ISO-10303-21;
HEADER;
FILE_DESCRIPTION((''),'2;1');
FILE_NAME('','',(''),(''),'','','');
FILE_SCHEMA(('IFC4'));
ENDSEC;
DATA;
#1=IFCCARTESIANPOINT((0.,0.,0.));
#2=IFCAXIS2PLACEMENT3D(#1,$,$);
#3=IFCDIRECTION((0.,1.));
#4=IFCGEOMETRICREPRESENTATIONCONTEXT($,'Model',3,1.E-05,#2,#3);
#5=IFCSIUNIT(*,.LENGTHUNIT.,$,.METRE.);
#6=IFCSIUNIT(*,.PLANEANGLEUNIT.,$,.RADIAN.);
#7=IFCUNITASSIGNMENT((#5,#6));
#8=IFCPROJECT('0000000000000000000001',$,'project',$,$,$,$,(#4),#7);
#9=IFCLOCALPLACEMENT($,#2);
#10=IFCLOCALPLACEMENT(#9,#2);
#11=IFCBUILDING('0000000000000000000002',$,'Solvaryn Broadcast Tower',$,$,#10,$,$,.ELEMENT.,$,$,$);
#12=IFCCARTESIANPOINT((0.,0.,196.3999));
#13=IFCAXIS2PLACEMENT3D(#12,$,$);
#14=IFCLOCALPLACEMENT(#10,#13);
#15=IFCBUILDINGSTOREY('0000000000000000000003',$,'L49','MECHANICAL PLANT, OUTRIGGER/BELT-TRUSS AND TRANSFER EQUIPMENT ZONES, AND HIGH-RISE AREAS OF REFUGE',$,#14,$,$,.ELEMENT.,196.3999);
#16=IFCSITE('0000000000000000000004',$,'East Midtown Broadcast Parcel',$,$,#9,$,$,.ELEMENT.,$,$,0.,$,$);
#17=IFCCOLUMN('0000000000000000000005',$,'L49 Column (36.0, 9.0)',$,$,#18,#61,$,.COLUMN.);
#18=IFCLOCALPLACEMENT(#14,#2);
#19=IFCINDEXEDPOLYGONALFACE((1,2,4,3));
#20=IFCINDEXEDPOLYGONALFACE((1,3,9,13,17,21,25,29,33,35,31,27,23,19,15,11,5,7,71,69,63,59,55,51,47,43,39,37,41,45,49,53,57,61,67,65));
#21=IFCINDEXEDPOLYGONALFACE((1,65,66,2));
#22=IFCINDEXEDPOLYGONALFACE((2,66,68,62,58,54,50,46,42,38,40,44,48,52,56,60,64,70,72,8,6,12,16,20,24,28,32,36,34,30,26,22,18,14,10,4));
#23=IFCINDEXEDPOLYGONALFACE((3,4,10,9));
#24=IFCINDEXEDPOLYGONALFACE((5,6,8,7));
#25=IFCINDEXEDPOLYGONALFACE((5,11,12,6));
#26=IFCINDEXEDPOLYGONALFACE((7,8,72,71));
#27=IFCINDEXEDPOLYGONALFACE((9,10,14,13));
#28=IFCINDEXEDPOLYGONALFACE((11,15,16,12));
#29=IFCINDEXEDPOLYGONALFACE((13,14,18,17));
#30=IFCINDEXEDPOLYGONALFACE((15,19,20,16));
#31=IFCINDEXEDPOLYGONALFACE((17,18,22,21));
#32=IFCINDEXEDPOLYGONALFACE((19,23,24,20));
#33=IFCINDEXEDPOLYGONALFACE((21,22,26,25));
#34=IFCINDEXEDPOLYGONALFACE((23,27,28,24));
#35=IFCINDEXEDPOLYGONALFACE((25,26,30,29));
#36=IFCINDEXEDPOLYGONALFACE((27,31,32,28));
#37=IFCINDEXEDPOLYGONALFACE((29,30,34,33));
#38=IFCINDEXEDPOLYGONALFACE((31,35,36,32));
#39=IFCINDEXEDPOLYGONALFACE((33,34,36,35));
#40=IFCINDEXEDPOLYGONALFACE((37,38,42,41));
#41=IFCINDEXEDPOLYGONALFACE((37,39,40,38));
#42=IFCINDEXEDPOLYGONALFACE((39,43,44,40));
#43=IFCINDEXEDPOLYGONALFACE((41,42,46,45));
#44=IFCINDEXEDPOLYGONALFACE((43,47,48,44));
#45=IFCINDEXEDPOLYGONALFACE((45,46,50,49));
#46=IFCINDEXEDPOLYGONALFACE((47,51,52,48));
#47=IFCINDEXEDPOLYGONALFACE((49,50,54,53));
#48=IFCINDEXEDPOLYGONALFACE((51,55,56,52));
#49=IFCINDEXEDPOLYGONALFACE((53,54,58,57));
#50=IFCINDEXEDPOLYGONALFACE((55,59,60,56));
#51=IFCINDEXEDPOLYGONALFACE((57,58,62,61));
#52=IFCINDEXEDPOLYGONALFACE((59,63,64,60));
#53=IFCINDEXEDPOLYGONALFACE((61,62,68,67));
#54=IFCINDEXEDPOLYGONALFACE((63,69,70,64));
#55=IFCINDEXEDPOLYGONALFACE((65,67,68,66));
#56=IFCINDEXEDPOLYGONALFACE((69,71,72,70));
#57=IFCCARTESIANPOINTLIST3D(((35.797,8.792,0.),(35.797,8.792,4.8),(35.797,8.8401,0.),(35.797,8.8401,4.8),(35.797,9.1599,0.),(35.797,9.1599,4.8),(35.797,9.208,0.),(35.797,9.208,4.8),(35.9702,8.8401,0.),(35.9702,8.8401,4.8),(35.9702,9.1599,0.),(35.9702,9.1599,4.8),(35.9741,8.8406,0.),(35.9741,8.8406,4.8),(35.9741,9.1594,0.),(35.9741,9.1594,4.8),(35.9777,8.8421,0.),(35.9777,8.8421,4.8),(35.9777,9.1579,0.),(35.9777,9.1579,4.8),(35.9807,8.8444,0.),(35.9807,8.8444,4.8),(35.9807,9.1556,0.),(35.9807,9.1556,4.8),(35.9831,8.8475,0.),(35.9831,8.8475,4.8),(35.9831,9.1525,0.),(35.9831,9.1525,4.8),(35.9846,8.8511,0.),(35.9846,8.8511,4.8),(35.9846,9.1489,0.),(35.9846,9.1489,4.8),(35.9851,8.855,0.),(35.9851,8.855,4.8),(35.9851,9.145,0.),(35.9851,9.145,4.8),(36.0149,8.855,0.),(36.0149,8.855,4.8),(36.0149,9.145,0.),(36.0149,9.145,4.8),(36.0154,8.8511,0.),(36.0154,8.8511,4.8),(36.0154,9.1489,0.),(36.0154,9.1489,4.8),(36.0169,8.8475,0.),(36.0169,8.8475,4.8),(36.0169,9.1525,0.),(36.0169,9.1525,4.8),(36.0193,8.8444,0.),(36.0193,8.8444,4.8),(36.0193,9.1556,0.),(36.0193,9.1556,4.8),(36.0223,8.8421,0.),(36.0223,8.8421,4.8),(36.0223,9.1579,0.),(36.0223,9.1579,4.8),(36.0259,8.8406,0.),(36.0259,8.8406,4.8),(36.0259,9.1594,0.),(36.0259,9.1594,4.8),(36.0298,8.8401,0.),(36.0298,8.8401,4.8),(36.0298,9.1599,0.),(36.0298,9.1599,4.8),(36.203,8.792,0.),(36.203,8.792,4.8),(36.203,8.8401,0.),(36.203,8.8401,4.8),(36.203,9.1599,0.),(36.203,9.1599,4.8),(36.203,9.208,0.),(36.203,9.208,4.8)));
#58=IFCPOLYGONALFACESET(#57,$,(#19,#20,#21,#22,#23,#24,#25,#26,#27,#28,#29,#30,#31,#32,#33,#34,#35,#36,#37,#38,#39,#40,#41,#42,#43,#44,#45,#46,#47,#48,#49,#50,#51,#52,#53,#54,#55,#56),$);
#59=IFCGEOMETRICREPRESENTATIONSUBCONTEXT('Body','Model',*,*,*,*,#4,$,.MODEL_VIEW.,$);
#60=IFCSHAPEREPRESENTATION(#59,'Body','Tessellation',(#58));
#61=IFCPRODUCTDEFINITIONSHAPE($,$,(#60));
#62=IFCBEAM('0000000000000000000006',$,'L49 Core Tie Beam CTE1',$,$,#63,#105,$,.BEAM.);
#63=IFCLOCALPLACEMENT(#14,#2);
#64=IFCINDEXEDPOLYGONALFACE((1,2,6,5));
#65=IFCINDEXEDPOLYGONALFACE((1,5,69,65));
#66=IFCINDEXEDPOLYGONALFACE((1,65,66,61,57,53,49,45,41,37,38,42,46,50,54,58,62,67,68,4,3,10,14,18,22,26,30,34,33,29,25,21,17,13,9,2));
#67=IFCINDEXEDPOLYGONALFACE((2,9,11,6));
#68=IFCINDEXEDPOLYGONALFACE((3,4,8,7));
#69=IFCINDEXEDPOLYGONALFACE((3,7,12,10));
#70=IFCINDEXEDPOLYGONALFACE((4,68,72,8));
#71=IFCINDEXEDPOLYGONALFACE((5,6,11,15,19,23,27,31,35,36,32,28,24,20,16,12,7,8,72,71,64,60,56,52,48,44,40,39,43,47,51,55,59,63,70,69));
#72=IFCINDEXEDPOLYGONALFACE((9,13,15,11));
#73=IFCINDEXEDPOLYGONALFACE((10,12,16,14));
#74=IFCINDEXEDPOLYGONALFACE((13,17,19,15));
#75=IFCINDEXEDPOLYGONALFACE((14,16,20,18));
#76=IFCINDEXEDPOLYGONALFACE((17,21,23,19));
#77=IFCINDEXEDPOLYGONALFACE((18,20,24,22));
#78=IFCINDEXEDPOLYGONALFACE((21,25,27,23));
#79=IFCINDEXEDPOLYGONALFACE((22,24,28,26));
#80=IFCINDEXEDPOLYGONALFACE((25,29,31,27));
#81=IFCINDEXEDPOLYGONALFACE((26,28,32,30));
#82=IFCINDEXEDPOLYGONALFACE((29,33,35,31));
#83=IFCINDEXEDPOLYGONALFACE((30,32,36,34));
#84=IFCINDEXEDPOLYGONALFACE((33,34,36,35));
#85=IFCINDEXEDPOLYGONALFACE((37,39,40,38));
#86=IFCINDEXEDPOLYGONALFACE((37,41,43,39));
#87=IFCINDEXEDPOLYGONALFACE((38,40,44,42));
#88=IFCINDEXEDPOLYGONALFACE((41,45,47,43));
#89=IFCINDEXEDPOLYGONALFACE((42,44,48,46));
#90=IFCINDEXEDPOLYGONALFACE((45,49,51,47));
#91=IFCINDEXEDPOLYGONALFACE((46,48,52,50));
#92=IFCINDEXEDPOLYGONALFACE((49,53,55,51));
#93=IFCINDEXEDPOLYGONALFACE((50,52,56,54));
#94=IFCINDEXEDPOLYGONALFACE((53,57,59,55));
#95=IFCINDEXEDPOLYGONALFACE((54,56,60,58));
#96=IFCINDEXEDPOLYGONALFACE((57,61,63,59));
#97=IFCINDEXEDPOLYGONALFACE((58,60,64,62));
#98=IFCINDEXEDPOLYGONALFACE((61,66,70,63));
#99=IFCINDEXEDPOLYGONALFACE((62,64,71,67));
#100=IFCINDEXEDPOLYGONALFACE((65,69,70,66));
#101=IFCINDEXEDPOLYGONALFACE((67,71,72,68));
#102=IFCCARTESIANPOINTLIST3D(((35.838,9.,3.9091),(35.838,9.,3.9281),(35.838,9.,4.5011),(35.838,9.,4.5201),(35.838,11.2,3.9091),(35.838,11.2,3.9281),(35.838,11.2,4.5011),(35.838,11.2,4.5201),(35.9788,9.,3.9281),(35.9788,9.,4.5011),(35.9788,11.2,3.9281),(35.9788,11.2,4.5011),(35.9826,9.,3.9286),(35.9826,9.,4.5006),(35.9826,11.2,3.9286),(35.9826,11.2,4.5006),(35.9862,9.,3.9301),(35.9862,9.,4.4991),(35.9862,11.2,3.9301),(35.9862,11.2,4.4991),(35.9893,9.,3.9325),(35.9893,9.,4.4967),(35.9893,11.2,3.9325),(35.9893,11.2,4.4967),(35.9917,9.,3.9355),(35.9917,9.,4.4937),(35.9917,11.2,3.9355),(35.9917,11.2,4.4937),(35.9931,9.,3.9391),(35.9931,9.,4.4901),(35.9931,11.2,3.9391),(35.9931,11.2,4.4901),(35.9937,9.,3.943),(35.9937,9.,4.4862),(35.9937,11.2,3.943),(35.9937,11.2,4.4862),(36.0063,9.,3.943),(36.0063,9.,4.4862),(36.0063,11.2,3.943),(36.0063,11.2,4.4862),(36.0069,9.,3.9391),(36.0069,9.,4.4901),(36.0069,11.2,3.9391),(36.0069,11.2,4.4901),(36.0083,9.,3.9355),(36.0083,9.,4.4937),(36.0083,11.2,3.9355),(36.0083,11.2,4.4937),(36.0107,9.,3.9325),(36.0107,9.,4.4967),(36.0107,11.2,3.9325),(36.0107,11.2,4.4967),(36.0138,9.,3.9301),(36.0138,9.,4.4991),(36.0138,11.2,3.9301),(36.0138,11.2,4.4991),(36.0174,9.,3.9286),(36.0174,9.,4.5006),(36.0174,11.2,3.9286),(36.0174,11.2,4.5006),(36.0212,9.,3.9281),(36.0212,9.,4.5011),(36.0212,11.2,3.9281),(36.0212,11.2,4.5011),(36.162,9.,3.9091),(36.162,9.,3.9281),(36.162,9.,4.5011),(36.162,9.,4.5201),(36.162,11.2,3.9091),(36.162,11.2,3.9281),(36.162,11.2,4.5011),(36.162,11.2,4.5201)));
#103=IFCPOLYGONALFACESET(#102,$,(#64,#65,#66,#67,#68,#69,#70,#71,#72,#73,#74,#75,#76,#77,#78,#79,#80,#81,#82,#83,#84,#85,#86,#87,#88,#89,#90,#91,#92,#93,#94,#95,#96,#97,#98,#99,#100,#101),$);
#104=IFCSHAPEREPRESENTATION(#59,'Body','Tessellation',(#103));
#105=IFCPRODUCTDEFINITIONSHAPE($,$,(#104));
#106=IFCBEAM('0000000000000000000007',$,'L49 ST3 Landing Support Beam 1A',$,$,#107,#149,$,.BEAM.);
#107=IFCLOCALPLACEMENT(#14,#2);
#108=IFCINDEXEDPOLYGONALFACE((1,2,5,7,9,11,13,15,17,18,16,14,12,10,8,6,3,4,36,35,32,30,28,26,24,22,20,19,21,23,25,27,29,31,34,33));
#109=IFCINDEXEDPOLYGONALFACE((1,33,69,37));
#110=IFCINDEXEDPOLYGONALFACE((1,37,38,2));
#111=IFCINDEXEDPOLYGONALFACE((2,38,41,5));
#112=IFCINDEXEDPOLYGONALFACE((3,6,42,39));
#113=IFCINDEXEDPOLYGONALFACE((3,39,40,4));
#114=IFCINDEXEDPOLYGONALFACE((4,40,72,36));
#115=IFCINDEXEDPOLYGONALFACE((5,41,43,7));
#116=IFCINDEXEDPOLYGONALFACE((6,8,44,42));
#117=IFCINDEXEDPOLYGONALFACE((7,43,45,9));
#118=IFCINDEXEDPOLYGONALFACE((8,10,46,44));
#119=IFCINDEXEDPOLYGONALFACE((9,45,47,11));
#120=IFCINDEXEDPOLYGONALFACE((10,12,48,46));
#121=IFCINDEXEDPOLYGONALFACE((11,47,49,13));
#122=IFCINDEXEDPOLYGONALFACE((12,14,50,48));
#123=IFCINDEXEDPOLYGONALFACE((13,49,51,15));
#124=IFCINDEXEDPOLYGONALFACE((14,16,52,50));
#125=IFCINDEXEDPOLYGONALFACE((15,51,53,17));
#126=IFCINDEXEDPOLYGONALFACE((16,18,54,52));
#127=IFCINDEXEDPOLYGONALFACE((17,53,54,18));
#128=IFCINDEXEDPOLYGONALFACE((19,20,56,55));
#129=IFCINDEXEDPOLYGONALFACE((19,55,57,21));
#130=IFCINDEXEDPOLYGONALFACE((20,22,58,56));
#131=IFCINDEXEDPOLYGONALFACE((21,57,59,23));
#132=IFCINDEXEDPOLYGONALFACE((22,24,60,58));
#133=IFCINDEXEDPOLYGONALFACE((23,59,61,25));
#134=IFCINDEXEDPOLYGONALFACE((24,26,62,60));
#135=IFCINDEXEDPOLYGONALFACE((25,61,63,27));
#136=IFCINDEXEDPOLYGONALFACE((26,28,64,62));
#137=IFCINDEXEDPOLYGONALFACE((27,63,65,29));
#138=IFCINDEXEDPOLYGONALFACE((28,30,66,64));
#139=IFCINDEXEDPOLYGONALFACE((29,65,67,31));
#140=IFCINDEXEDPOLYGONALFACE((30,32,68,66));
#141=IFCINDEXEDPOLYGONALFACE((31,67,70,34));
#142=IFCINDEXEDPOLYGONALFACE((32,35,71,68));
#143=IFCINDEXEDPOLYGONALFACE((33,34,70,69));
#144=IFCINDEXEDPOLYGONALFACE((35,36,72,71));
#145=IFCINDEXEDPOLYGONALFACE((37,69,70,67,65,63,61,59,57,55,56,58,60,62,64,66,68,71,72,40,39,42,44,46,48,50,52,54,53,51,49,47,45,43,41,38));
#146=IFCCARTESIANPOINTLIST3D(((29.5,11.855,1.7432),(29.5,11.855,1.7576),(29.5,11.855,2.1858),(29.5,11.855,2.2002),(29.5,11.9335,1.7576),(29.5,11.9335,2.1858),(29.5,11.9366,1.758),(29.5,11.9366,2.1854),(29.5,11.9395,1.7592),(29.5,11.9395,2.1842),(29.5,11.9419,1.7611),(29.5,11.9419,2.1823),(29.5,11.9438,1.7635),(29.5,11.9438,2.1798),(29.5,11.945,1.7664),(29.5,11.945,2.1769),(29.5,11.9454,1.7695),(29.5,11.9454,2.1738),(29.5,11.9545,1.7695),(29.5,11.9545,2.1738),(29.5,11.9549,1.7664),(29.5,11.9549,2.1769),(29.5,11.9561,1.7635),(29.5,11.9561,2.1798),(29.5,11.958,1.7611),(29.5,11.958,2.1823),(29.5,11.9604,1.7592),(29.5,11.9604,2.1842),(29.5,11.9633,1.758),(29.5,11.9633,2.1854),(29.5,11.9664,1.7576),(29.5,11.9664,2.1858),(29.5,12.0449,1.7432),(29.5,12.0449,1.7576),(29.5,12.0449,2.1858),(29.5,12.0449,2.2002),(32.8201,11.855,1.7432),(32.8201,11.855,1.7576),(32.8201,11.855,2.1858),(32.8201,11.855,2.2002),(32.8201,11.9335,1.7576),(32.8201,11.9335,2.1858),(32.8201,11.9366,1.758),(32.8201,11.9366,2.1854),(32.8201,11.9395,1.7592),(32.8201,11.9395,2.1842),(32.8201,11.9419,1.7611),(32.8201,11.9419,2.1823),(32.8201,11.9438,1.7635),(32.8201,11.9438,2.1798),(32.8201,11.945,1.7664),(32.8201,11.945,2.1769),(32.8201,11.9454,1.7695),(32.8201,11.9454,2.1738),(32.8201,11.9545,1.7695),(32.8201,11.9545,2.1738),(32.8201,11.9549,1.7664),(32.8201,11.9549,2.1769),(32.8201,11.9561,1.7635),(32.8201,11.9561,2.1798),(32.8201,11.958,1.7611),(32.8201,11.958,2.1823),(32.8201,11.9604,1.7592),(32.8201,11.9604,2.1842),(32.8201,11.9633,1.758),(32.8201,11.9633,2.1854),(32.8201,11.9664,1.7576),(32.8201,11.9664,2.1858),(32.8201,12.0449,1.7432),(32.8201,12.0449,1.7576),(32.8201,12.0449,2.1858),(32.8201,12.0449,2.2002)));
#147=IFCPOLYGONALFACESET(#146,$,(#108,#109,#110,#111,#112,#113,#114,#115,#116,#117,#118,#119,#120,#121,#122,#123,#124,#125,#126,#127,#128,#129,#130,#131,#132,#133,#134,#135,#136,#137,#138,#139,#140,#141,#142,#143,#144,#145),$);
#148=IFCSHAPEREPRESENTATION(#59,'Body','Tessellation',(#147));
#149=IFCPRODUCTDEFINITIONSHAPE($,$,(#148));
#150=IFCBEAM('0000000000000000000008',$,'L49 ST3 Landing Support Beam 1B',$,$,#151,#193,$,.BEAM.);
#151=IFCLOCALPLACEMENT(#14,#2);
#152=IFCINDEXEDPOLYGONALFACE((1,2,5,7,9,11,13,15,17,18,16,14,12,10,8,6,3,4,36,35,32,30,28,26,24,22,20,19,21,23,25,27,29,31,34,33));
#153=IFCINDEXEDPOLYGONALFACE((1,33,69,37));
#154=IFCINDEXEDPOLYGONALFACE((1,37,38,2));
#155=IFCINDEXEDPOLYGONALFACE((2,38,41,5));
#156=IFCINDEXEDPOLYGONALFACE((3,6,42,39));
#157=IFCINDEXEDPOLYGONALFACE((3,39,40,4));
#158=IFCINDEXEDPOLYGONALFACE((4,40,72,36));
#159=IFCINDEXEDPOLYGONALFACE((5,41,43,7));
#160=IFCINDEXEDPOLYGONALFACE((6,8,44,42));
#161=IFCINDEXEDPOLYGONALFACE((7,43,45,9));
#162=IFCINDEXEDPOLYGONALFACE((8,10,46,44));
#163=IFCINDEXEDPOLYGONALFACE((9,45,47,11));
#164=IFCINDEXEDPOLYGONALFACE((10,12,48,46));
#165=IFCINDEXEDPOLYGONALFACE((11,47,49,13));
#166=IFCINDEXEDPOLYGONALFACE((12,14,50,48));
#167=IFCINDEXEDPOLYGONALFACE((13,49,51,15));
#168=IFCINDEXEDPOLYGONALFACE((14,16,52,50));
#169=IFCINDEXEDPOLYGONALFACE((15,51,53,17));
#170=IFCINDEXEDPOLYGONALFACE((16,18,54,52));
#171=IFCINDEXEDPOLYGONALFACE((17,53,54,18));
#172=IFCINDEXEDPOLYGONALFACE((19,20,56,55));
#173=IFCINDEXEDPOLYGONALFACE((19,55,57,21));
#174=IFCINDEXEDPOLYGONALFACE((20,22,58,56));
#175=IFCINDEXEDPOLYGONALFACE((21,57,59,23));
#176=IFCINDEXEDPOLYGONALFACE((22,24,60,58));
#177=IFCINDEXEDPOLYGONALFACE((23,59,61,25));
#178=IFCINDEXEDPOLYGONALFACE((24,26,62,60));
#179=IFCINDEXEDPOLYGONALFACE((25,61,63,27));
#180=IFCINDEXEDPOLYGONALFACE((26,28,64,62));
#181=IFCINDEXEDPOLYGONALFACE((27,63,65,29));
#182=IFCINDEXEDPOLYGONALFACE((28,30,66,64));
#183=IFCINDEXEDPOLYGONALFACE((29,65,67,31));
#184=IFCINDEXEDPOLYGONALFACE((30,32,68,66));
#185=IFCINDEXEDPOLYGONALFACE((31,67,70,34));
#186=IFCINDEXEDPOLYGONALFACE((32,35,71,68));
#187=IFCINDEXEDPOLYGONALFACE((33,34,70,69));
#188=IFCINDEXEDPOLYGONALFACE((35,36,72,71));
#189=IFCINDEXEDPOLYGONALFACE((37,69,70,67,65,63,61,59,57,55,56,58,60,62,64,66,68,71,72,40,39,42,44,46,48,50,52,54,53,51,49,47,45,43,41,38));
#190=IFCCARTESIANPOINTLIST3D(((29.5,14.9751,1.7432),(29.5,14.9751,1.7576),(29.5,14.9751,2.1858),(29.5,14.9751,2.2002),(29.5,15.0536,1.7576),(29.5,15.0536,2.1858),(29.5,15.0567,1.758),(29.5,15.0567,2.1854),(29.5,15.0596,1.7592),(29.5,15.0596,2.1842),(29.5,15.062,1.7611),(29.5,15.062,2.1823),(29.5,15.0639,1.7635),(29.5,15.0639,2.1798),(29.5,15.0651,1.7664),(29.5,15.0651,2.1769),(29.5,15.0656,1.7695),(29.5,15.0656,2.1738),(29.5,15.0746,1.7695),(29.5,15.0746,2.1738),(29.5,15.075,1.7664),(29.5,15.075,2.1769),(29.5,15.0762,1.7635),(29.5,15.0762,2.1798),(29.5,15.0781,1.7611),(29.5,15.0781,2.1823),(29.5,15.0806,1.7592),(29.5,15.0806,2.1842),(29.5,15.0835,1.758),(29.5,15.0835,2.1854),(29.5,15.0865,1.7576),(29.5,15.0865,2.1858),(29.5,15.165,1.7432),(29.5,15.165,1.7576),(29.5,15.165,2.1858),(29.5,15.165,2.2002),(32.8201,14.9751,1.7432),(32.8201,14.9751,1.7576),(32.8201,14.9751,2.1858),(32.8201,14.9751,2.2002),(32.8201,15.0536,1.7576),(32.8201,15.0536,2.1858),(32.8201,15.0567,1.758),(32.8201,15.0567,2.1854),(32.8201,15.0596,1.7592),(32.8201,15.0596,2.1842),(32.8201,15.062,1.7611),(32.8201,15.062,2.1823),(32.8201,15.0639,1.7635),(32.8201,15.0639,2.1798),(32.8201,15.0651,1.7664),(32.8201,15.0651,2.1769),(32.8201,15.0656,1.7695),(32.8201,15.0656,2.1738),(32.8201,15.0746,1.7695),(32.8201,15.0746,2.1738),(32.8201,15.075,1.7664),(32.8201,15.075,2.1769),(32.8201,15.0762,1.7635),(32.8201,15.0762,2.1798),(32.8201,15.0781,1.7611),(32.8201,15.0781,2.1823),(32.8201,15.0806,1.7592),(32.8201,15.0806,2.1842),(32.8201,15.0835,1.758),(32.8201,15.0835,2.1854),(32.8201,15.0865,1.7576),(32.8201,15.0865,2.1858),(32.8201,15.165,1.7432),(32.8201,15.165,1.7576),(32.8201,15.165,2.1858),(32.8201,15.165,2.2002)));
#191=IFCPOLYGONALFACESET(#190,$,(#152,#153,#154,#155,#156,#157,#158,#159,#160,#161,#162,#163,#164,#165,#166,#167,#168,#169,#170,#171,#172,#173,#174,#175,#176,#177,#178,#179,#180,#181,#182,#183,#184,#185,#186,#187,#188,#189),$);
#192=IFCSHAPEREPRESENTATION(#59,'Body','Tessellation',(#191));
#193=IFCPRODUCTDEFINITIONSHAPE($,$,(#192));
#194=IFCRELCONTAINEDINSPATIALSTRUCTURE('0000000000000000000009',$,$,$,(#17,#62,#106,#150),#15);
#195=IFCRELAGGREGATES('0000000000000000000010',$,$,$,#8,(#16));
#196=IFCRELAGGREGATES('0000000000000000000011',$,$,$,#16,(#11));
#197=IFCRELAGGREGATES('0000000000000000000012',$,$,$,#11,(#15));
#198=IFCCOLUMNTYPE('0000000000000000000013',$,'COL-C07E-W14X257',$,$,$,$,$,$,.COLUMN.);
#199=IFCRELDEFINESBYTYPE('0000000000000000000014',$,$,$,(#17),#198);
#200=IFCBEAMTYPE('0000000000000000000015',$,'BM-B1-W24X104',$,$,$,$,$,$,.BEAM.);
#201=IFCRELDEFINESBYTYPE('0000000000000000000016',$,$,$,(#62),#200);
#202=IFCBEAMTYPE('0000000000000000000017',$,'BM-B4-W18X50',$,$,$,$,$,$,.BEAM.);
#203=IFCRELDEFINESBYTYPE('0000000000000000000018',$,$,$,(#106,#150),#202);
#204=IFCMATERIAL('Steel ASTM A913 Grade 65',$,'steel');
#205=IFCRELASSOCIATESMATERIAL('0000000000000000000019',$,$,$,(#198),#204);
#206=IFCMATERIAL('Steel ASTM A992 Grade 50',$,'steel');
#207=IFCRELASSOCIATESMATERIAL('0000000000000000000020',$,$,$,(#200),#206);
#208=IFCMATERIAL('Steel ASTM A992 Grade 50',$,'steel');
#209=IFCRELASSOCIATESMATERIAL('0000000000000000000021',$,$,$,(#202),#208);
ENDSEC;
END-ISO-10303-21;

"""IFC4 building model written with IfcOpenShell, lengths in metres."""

from ifc_helpers import new_model, si_unit, direction, frame, origin, origin_2d, place, context, subcontext, project, spatial, i_section, extrude, material, material_profile, profile_set, type_object, element, save


model = new_model("IFC4")

# Units and contexts
model_context = context("Model", 3, precision=1e-05, world=origin(), true_north=direction((0.0, 1.0)))
body_context = subcontext(model_context, "Body", "Model", "MODEL_VIEW")
ifc_project = project(units=[si_unit("LENGTHUNIT", "METRE"), si_unit("PLANEANGLEUNIT", "RADIAN")], contexts=[model_context])

# Site, building, storey
site_placement = place(None, origin())
site = spatial("IfcSite", under=ifc_project, at=site_placement, Name="East Midtown Broadcast Parcel", CompositionType="ELEMENT", RefElevation=0.0)
building_placement = place(site_placement, origin())
building = spatial("IfcBuilding", under=site, at=building_placement, Name="Solvaryn Broadcast Tower", CompositionType="ELEMENT")
storey_placement = place(building_placement, frame((0.0, 0.0, 196.3999)))
storey = spatial("IfcBuildingStorey", under=building, at=storey_placement, Name="L49", Description="MECHANICAL PLANT, OUTRIGGER/BELT-TRUSS AND TRANSFER EQUIPMENT ZONES, AND HIGH-RISE AREAS OF REFUGE", CompositionType="ELEMENT", Elevation=196.3999)

# Column
ifc_material_1 = material(Name="Steel ASTM A913 Grade 65", Category="steel")
ifc_material_profile_1 = material_profile(ifc_material_1, i_section(OverallWidth=0.406, OverallDepth=0.416, WebThickness=0.0298, FlangeThickness=0.0481, FilletRadius=0.0149, at=origin_2d()))
ifc_profile_set_1 = profile_set([ifc_material_profile_1], Name="Steel ASTM A913 Grade 65")
column_type = type_object("IfcColumnType", Name="COL-C07E-W14X257", PredefinedType="COLUMN", material=ifc_profile_set_1)
column_placement = place(storey_placement, frame((36.0, 9.0, 0.0), z_axis=(0.0, 0.0, 1.0), x_axis=(1.0, 0.0, 0.0)))
element("IfcColumn", 1, at=column_placement, inside=storey, type_object=column_type, Name="L49 Column (36.0, 9.0)", PredefinedType="COLUMN", context=body_context, shape_type="SweptSolid", body=[
    extrude(i_section(OverallWidth=0.406, OverallDepth=0.416, WebThickness=0.0298, FlangeThickness=0.0481, FilletRadius=0.0149, at=origin_2d()), origin(), (0.0, 0.0, 1.0), 4.8),
])

# Beams
ifc_material_2 = material(Name="Steel ASTM A992 Grade 50", Category="steel")
ifc_material_profile_2 = material_profile(ifc_material_2, i_section(OverallWidth=0.324, OverallDepth=0.6111, WebThickness=0.0127, FlangeThickness=0.019, FilletRadius=0.0149, at=origin_2d()))
ifc_profile_set_2 = profile_set([ifc_material_profile_2], Name="Steel ASTM A992 Grade 50")
beam_type_1 = type_object("IfcBeamType", Name="BM-B1-W24X104", PredefinedType="BEAM", material=ifc_profile_set_2)
beam_1_placement = place(storey_placement, frame((36.0, 9.0, 4.2146), z_axis=(0.0, 1.0, 0.0), x_axis=(-1.0, 0.0, 0.0)))
element("IfcBeam", 2, at=beam_1_placement, inside=storey, type_object=beam_type_1, Name="L49 Core Tie Beam CTE1", PredefinedType="BEAM", context=body_context, shape_type="SweptSolid", body=[
    extrude(i_section(OverallWidth=0.324, OverallDepth=0.6111, WebThickness=0.0127, FlangeThickness=0.019, FilletRadius=0.0149, at=origin_2d()), origin(), (0.0, 0.0, 1.0), 2.2),
])
ifc_material_3 = material(Name="Steel ASTM A992 Grade 50", Category="steel")
ifc_material_profile_3 = material_profile(ifc_material_3, i_section(OverallWidth=0.1899, OverallDepth=0.457, WebThickness=0.009, FlangeThickness=0.0144, FilletRadius=0.012, at=origin_2d()))
ifc_profile_set_3 = profile_set([ifc_material_profile_3], Name="Steel ASTM A992 Grade 50")
beam_type_2 = type_object("IfcBeamType", Name="BM-B4-W18X50", PredefinedType="BEAM", material=ifc_profile_set_3)
for number, where, z_axis, x_axis, name in (
    (3, (29.5, 11.95, 1.9717), (1.0, 0.0, 0.0), (0.0, 1.0, 0.0), "L49 ST3 Landing Support Beam 1A"),
    (4, (29.5, 15.0701, 1.9717), (1.0, 0.0, 0.0), (0.0, 1.0, 0.0), "L49 ST3 Landing Support Beam 1B"),
):
    element("IfcBeam", number, at=place(storey_placement, frame(where, z_axis=z_axis, x_axis=x_axis)), inside=storey, type_object=beam_type_2, Name=name, PredefinedType="BEAM", context=body_context, shape_type="SweptSolid", body=[
        extrude(i_section(OverallWidth=0.1899, OverallDepth=0.457, WebThickness=0.009, FlangeThickness=0.0144, FilletRadius=0.012, at=origin_2d()), origin(), (0.0, 0.0, 1.0), 3.3201),
    ])

save(model, "model.ifc")
